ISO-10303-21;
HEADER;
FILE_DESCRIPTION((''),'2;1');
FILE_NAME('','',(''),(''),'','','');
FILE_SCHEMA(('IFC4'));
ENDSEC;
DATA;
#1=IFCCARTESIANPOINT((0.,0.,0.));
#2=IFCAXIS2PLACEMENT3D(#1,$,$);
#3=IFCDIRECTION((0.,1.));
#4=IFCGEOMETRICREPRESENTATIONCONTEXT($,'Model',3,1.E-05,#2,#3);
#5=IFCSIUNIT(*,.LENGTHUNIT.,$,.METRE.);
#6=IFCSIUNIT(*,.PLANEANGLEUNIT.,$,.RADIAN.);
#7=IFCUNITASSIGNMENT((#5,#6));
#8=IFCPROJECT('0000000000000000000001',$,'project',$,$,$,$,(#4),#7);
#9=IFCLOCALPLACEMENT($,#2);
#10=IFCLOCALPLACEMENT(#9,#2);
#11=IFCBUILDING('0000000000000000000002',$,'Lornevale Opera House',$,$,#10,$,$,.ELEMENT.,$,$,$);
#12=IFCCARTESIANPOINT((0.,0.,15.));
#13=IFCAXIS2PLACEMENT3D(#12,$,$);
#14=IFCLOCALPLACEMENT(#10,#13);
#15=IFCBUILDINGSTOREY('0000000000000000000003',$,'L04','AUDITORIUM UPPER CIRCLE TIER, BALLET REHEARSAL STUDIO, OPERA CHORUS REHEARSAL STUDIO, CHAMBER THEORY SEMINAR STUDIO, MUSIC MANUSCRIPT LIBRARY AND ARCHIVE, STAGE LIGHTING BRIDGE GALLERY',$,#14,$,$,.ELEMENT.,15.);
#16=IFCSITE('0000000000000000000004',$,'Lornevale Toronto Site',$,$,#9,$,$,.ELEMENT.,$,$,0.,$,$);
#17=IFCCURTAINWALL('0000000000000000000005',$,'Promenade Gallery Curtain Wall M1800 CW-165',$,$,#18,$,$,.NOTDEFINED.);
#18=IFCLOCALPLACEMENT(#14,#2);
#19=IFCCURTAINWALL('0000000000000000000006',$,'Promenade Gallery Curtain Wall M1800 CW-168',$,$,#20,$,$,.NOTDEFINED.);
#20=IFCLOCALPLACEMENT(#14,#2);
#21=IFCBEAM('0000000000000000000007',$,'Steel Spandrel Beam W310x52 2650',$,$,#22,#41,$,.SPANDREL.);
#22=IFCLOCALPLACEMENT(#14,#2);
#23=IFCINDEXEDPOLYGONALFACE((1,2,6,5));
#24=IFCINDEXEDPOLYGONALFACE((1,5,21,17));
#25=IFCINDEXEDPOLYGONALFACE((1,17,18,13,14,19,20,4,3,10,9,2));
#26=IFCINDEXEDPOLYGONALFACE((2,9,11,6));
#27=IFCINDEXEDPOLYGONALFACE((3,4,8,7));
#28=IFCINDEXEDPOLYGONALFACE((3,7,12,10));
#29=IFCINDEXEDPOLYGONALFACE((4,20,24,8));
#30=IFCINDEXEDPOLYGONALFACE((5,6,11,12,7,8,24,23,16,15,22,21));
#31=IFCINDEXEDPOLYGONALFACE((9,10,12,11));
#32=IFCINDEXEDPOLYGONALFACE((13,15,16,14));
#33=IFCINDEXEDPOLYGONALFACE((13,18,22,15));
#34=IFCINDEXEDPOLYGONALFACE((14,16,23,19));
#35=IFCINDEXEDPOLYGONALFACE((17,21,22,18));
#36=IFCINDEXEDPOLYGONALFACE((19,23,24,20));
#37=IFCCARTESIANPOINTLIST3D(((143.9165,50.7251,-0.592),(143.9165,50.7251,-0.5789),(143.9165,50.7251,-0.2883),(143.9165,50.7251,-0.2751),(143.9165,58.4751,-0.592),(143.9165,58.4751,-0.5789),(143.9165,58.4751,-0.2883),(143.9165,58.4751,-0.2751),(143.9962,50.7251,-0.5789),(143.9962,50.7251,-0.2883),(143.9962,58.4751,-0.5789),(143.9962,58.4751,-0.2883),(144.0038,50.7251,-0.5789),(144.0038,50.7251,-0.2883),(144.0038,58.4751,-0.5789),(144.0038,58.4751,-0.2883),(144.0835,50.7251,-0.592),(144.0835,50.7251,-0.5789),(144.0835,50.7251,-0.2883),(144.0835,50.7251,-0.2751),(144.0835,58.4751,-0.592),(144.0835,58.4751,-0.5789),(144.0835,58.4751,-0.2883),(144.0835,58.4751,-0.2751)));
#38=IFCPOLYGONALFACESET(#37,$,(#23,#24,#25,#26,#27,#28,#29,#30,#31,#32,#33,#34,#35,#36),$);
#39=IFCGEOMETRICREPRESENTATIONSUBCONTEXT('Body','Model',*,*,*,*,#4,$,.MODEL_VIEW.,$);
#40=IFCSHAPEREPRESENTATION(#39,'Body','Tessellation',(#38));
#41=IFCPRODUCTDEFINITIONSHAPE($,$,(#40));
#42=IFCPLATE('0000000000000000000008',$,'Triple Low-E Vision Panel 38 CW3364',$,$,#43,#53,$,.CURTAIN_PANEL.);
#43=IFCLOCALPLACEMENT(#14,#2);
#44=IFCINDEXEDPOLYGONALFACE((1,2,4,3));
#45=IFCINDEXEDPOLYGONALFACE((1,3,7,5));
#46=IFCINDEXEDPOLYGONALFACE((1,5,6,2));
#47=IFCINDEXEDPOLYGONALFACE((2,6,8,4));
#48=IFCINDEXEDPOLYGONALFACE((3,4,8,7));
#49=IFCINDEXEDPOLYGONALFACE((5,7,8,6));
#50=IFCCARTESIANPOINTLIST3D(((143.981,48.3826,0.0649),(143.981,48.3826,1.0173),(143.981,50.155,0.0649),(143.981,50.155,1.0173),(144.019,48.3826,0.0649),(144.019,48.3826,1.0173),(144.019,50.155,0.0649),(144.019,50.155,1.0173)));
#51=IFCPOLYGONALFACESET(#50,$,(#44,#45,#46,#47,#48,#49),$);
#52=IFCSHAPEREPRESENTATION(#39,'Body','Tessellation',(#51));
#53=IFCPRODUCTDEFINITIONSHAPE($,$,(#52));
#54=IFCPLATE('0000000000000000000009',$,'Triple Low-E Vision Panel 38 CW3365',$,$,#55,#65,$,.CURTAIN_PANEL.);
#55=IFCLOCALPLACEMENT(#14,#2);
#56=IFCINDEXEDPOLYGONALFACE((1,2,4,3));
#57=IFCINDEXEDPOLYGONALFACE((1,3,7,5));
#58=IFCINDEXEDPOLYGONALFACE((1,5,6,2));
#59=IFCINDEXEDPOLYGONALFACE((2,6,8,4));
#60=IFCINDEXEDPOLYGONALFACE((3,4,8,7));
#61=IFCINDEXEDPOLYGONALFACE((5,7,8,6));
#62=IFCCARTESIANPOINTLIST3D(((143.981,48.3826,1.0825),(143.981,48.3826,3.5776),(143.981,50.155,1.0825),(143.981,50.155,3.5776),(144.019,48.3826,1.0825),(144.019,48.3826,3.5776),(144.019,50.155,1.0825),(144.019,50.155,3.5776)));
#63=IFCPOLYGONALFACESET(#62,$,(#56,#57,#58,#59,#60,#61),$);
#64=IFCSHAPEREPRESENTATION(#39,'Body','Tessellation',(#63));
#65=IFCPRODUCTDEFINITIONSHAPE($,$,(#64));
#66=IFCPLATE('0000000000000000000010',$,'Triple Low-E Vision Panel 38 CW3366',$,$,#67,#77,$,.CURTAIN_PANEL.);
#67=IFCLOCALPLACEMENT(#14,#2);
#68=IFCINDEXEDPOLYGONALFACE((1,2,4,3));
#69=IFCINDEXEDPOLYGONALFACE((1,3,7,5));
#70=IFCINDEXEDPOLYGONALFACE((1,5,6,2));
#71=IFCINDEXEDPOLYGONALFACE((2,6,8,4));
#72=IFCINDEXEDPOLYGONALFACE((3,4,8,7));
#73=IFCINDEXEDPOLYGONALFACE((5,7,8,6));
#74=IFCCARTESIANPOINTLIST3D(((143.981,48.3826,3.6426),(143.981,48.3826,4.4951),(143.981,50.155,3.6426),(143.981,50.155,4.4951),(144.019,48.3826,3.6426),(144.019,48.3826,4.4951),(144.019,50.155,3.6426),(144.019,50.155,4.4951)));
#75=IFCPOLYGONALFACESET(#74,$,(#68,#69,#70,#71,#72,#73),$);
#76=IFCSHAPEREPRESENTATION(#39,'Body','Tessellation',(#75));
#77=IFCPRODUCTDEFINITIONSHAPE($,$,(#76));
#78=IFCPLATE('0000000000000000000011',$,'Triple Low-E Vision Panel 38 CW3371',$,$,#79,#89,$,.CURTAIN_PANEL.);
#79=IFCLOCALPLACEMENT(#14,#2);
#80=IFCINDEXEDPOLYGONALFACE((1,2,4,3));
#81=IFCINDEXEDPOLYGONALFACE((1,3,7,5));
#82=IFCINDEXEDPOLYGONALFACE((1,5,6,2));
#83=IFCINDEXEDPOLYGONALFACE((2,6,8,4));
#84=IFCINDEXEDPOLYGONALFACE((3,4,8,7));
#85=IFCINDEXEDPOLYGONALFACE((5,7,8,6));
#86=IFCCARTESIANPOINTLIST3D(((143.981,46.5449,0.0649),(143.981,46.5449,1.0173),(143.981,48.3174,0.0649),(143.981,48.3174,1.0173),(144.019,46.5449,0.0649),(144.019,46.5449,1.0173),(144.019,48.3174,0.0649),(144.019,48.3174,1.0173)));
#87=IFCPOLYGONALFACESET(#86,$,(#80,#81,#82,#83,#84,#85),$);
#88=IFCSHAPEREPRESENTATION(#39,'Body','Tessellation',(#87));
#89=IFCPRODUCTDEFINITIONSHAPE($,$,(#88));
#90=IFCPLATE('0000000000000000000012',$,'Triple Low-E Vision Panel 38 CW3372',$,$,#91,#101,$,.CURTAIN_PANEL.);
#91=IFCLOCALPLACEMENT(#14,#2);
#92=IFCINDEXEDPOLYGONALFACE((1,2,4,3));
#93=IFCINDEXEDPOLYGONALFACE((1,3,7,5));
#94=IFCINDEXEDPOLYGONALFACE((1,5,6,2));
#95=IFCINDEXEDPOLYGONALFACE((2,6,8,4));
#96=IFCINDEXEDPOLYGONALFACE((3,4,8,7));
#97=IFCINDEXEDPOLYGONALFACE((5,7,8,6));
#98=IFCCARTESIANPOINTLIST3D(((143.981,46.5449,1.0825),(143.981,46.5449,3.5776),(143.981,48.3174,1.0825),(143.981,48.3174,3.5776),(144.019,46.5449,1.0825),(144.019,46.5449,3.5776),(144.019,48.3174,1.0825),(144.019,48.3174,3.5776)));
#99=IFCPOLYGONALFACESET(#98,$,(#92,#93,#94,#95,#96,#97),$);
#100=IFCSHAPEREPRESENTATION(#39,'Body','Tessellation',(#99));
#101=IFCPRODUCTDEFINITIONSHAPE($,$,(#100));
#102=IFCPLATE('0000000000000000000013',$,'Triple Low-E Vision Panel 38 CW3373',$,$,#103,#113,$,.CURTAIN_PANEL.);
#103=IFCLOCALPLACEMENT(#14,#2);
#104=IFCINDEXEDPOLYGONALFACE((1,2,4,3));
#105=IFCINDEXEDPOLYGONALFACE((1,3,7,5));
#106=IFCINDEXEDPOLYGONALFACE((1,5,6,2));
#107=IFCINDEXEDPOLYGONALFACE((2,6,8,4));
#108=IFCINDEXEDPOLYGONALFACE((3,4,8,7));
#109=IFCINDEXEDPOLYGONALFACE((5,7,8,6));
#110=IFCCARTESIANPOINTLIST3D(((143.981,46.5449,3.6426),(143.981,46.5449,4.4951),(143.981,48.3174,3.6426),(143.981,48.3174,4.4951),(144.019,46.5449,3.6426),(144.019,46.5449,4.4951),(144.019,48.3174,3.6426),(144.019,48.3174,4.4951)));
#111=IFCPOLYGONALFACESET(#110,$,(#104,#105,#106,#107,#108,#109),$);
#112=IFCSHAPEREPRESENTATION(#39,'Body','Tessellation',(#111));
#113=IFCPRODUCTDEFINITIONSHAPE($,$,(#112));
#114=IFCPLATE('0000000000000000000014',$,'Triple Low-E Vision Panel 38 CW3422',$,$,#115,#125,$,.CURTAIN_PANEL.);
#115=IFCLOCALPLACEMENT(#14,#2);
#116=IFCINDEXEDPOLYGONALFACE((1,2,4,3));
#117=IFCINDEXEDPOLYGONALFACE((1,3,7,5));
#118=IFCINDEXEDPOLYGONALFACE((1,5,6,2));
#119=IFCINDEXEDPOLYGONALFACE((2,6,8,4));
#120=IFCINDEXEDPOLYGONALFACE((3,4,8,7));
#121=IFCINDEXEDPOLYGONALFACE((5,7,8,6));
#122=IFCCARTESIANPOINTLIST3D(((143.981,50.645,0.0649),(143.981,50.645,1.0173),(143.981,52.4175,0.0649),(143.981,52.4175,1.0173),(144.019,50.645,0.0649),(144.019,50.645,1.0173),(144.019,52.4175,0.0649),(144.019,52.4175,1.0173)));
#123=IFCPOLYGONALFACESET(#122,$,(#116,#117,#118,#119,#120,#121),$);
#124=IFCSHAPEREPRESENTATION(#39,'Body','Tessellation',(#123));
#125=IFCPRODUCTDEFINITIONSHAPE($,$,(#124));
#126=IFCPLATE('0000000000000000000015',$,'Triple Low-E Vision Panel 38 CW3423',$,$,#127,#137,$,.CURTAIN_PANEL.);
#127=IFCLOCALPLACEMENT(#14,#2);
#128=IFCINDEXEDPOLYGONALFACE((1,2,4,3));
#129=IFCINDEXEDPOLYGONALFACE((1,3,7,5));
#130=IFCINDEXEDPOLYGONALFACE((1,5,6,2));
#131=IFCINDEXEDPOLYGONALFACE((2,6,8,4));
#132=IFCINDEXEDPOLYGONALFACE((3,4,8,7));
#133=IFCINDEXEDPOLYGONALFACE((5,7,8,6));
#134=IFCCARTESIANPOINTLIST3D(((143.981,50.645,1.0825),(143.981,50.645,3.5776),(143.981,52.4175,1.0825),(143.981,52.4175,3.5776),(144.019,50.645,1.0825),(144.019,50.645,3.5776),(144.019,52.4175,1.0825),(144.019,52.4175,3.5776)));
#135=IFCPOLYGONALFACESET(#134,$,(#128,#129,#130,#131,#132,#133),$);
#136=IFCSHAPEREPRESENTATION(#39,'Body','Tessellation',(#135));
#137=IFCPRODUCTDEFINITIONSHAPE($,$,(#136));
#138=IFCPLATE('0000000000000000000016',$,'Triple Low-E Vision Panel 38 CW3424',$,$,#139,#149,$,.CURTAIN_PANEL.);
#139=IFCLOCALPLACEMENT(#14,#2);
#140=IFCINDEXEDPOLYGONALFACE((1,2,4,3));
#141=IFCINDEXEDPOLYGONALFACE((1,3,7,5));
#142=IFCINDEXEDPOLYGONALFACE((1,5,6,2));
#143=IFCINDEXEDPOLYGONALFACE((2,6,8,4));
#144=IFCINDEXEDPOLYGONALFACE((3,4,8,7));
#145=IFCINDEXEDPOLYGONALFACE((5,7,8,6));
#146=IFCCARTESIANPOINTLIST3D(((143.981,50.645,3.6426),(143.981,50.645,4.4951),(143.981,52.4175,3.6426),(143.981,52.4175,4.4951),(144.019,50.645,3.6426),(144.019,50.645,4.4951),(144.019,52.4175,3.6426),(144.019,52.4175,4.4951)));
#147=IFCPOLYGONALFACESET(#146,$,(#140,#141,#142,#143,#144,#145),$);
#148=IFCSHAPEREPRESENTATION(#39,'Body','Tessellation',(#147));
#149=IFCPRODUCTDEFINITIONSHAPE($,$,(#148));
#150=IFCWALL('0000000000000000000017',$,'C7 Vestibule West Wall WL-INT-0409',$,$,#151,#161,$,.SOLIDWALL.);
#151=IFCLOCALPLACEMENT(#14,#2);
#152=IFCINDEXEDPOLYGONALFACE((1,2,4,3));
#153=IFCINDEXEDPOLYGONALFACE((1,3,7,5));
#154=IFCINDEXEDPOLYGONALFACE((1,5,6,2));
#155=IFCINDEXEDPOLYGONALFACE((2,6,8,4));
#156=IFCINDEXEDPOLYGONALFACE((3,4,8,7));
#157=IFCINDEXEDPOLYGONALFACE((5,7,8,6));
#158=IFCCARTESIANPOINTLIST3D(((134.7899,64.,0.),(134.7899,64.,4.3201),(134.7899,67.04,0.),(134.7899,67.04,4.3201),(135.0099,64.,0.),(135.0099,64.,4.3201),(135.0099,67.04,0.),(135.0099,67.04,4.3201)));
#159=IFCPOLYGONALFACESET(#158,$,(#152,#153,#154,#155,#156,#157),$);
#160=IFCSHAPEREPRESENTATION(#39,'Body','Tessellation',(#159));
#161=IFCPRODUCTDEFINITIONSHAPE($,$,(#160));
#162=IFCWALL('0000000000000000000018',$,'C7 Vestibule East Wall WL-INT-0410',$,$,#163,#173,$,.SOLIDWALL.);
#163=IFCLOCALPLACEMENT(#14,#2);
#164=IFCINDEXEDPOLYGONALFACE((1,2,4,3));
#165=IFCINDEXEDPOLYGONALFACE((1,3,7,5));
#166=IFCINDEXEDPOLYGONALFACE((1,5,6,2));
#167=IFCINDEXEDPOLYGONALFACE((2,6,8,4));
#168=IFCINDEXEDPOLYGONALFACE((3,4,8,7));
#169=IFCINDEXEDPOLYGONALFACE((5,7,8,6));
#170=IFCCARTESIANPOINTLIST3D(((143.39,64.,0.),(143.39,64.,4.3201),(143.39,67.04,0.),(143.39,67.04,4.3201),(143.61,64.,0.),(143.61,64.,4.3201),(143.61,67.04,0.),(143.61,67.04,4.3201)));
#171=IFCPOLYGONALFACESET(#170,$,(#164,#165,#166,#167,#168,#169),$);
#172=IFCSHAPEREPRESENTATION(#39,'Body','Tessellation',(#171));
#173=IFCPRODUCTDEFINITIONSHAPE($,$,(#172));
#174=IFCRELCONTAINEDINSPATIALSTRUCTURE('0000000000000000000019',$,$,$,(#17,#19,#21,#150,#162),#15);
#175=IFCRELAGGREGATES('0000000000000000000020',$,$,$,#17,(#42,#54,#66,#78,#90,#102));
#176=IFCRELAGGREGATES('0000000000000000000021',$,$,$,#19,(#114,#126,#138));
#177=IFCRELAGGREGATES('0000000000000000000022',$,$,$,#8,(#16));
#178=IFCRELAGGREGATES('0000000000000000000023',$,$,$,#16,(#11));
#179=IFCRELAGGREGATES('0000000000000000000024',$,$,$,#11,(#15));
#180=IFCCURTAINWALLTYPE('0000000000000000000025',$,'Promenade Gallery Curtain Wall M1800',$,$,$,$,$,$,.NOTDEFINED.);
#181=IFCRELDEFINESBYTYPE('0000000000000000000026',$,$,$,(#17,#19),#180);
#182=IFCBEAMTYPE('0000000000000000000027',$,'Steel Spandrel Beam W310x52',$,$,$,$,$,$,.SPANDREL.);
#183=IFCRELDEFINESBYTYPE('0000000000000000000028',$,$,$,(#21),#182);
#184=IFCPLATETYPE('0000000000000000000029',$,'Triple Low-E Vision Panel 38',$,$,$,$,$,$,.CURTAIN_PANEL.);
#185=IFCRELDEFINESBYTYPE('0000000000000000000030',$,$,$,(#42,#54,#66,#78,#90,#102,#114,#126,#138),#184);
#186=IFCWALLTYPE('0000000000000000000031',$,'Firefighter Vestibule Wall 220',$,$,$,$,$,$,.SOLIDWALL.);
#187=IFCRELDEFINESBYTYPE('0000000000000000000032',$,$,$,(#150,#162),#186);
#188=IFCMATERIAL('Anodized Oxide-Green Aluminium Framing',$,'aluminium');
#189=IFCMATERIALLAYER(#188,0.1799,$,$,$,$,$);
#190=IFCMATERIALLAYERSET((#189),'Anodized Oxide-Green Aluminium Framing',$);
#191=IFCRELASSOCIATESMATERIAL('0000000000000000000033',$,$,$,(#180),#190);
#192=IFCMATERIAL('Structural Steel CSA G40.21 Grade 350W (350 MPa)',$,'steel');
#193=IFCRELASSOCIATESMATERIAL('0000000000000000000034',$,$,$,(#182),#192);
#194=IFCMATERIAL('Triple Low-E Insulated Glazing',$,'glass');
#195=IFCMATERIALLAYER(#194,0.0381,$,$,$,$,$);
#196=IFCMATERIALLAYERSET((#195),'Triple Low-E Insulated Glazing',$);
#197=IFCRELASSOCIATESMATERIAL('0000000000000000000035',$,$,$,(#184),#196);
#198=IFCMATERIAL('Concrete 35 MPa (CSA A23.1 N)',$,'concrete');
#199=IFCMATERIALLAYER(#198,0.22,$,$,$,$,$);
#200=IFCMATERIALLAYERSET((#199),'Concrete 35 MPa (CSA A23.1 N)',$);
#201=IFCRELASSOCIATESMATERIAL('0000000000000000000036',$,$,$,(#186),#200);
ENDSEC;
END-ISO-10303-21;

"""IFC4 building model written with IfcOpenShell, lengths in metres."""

from ifc_helpers import new_model, si_unit, direction, frame, frame_2d, origin, origin_2d, place, context, subcontext, project, spatial, rectangle, i_section, extrude, material, layer, layer_set, material_profile, profile_set, type_object, element, aggregate, save


model = new_model("IFC4")

# Units and contexts
model_context = context("Model", 3, precision=1e-05, world=origin(), true_north=direction((0.0, 1.0)))
body_context = subcontext(model_context, "Body", "Model", "MODEL_VIEW")
ifc_project = project(units=[si_unit("LENGTHUNIT", "METRE"), si_unit("PLANEANGLEUNIT", "RADIAN")], contexts=[model_context])

# Site, building, storey
site_placement = place(None, origin())
site = spatial("IfcSite", under=ifc_project, at=site_placement, Name="Lornevale Toronto Site", CompositionType="ELEMENT", RefElevation=0.0)
building_placement = place(site_placement, origin())
building = spatial("IfcBuilding", under=site, at=building_placement, Name="Lornevale Opera House", CompositionType="ELEMENT")
storey_placement = place(building_placement, frame((0.0, 0.0, 15.0)))
storey = spatial("IfcBuildingStorey", under=building, at=storey_placement, Name="L04", Description="AUDITORIUM UPPER CIRCLE TIER, BALLET REHEARSAL STUDIO, OPERA CHORUS REHEARSAL STUDIO, CHAMBER THEORY SEMINAR STUDIO, MUSIC MANUSCRIPT LIBRARY AND ARCHIVE, STAGE LIGHTING BRIDGE GALLERY", CompositionType="ELEMENT", Elevation=15.0)

# Shared definitions
ifc_material_1 = material(Name="Structural Steel CSA G40.21 Grade 350W (350 MPa)", Category="steel")

# Curtain wall
ifc_material_2 = material(Name="Anodized Oxide-Green Aluminium Framing", Category="aluminium")
ifc_layer_1 = layer(ifc_material_2, 0.1799)
ifc_layer_set_1 = layer_set([ifc_layer_1], Name="Anodized Oxide-Green Aluminium Framing")
curtain_wall_type = type_object("IfcCurtainWallType", Name="Promenade Gallery Curtain Wall M1800", PredefinedType="NOTDEFINED", material=ifc_layer_set_1)
curtain_wall_1_placement = place(storey_placement, origin())
curtain_wall_1 = element("IfcCurtainWall", 1, at=curtain_wall_1_placement, inside=storey, type_object=curtain_wall_type, Name="Promenade Gallery Curtain Wall M1800 CW-165", PredefinedType="NOTDEFINED")

# Curtain wall
curtain_wall_2_placement = place(storey_placement, origin())
curtain_wall_2 = element("IfcCurtainWall", 2, at=curtain_wall_2_placement, inside=storey, type_object=curtain_wall_type, Name="Promenade Gallery Curtain Wall M1800 CW-168", PredefinedType="NOTDEFINED")

# Beam
ifc_material_profile_1 = material_profile(ifc_material_1, i_section(OverallWidth=0.167, OverallDepth=0.3169, WebThickness=0.0076, FlangeThickness=0.0132, at=origin_2d()), Name="W310x52")
ifc_profile_set_1 = profile_set([ifc_material_profile_1], Name="Structural Steel CSA G40.21 Grade 350W (350 MPa)")
beam_type_1 = type_object("IfcBeamType", Name="Steel Spandrel Beam W310x52", PredefinedType="SPANDREL", material=ifc_profile_set_1)
beam_placement = place(storey_placement, frame((144.0, 50.7251, -0.4336), z_axis=(0.0, 1.0, 0.0), x_axis=(-1.0, 0.0, 0.0)))
element("IfcBeam", 3, at=beam_placement, inside=storey, type_object=beam_type_1, Name="Steel Spandrel Beam W310x52 2650", PredefinedType="SPANDREL", context=body_context, shape_type="SweptSolid", body=[
    extrude(i_section(OverallWidth=0.167, OverallDepth=0.3169, WebThickness=0.0076, FlangeThickness=0.0132, at=origin_2d()), origin(), (0.0, 0.0, 1.0), 7.75),
])

# Plates
ifc_material_3 = material(Name="Triple Low-E Insulated Glazing", Category="glass")
ifc_layer_2 = layer(ifc_material_3, 0.0381)
ifc_layer_set_2 = layer_set([ifc_layer_2], Name="Triple Low-E Insulated Glazing")
plate_type = type_object("IfcPlateType", Name="Triple Low-E Vision Panel 38", PredefinedType="CURTAIN_PANEL", material=ifc_layer_set_2)
plate_1_placement = place(storey_placement, frame((144.0, 49.2688, 0.0649), z_axis=(0.0, 0.0, 1.0), x_axis=(0.0, -1.0, 0.0)))
plate_1 = element("IfcPlate", 4, at=plate_1_placement, type_object=plate_type, Name="Triple Low-E Vision Panel 38 CW3364", PredefinedType="CURTAIN_PANEL", context=body_context, shape_type="SweptSolid", body=[
    extrude(rectangle(XDim=1.7725, YDim=0.0381, at=origin_2d()), origin(), (0.0, 0.0, 1.0), 0.9524),
])
plate_2_placement = place(storey_placement, frame((144.0, 49.2688, 1.0825), z_axis=(0.0, 0.0, 1.0), x_axis=(0.0, -1.0, 0.0)))
plate_2 = element("IfcPlate", 5, at=plate_2_placement, type_object=plate_type, Name="Triple Low-E Vision Panel 38 CW3365", PredefinedType="CURTAIN_PANEL", context=body_context, shape_type="SweptSolid", body=[
    extrude(rectangle(XDim=1.7725, YDim=0.0381, at=origin_2d()), origin(), (0.0, 0.0, 1.0), 2.4951),
])
plate_3_placement = place(storey_placement, frame((144.0, 49.2688, 3.6426), z_axis=(0.0, 0.0, 1.0), x_axis=(0.0, -1.0, 0.0)))
plate_3 = element("IfcPlate", 6, at=plate_3_placement, type_object=plate_type, Name="Triple Low-E Vision Panel 38 CW3366", PredefinedType="CURTAIN_PANEL", context=body_context, shape_type="SweptSolid", body=[
    extrude(rectangle(XDim=1.7725, YDim=0.0381, at=origin_2d()), origin(), (0.0, 0.0, 1.0), 0.8525),
])
plate_4_placement = place(storey_placement, frame((144.0, 47.4312, 0.0649), z_axis=(0.0, 0.0, 1.0), x_axis=(0.0, -1.0, 0.0)))
plate_4 = element("IfcPlate", 7, at=plate_4_placement, type_object=plate_type, Name="Triple Low-E Vision Panel 38 CW3371", PredefinedType="CURTAIN_PANEL", context=body_context, shape_type="SweptSolid", body=[
    extrude(rectangle(XDim=1.7725, YDim=0.0381, at=origin_2d()), origin(), (0.0, 0.0, 1.0), 0.9524),
])
plate_5_placement = place(storey_placement, frame((144.0, 47.4312, 1.0825), z_axis=(0.0, 0.0, 1.0), x_axis=(0.0, -1.0, 0.0)))
plate_5 = element("IfcPlate", 8, at=plate_5_placement, type_object=plate_type, Name="Triple Low-E Vision Panel 38 CW3372", PredefinedType="CURTAIN_PANEL", context=body_context, shape_type="SweptSolid", body=[
    extrude(rectangle(XDim=1.7725, YDim=0.0381, at=origin_2d()), origin(), (0.0, 0.0, 1.0), 2.4951),
])
plate_6_placement = place(storey_placement, frame((144.0, 47.4312, 3.6426), z_axis=(0.0, 0.0, 1.0), x_axis=(0.0, -1.0, 0.0)))
plate_6 = element("IfcPlate", 9, at=plate_6_placement, type_object=plate_type, Name="Triple Low-E Vision Panel 38 CW3373", PredefinedType="CURTAIN_PANEL", context=body_context, shape_type="SweptSolid", body=[
    extrude(rectangle(XDim=1.7725, YDim=0.0381, at=origin_2d()), origin(), (0.0, 0.0, 1.0), 0.8525),
])
aggregate(curtain_wall_1, [plate_1, plate_2, plate_3, plate_4, plate_5, plate_6])
plate_7_placement = place(storey_placement, frame((144.0, 51.5312, 0.0649), z_axis=(0.0, 0.0, 1.0), x_axis=(0.0, -1.0, 0.0)))
plate_7 = element("IfcPlate", 10, at=plate_7_placement, type_object=plate_type, Name="Triple Low-E Vision Panel 38 CW3422", PredefinedType="CURTAIN_PANEL", context=body_context, shape_type="SweptSolid", body=[
    extrude(rectangle(XDim=1.7725, YDim=0.0381, at=origin_2d()), origin(), (0.0, 0.0, 1.0), 0.9524),
])
plate_8_placement = place(storey_placement, frame((144.0, 51.5312, 1.0825), z_axis=(0.0, 0.0, 1.0), x_axis=(0.0, -1.0, 0.0)))
plate_8 = element("IfcPlate", 11, at=plate_8_placement, type_object=plate_type, Name="Triple Low-E Vision Panel 38 CW3423", PredefinedType="CURTAIN_PANEL", context=body_context, shape_type="SweptSolid", body=[
    extrude(rectangle(XDim=1.7725, YDim=0.0381, at=origin_2d()), origin(), (0.0, 0.0, 1.0), 2.4951),
])
plate_9_placement = place(storey_placement, frame((144.0, 51.5312, 3.6426), z_axis=(0.0, 0.0, 1.0), x_axis=(0.0, -1.0, 0.0)))
plate_9 = element("IfcPlate", 12, at=plate_9_placement, type_object=plate_type, Name="Triple Low-E Vision Panel 38 CW3424", PredefinedType="CURTAIN_PANEL", context=body_context, shape_type="SweptSolid", body=[
    extrude(rectangle(XDim=1.7725, YDim=0.0381, at=origin_2d()), origin(), (0.0, 0.0, 1.0), 0.8525),
])
aggregate(curtain_wall_2, [plate_7, plate_8, plate_9])

# Walls
ifc_material_4 = material(Name="Concrete 35 MPa (CSA A23.1 N)", Category="concrete")
ifc_layer_3 = layer(ifc_material_4, 0.22)
ifc_layer_set_3 = layer_set([ifc_layer_3], Name="Concrete 35 MPa (CSA A23.1 N)")
wall_type = type_object("IfcWallType", Name="Firefighter Vestibule Wall 220", PredefinedType="SOLIDWALL", material=ifc_layer_set_3)
for number, where, z_axis, x_axis, name in (
    (13, (134.8999, 64.0, 0.0), (0.0, 0.0, 1.0), (0.0, 1.0, 0.0), "C7 Vestibule West Wall WL-INT-0409"),
    (14, (143.5, 64.0, 0.0), (0.0, 0.0, 1.0), (0.0, 1.0, 0.0), "C7 Vestibule East Wall WL-INT-0410"),
):
    element("IfcWall", number, at=place(storey_placement, frame(where, z_axis=z_axis, x_axis=x_axis)), inside=storey, type_object=wall_type, Name=name, PredefinedType="SOLIDWALL", context=body_context, shape_type="SweptSolid", body=[
        extrude(rectangle(XDim=3.04, YDim=0.22, at=frame_2d((1.52, 0.0))), origin(), (0.0, 0.0, 1.0), 4.3201),
    ])

save(model, "model.ifc")
